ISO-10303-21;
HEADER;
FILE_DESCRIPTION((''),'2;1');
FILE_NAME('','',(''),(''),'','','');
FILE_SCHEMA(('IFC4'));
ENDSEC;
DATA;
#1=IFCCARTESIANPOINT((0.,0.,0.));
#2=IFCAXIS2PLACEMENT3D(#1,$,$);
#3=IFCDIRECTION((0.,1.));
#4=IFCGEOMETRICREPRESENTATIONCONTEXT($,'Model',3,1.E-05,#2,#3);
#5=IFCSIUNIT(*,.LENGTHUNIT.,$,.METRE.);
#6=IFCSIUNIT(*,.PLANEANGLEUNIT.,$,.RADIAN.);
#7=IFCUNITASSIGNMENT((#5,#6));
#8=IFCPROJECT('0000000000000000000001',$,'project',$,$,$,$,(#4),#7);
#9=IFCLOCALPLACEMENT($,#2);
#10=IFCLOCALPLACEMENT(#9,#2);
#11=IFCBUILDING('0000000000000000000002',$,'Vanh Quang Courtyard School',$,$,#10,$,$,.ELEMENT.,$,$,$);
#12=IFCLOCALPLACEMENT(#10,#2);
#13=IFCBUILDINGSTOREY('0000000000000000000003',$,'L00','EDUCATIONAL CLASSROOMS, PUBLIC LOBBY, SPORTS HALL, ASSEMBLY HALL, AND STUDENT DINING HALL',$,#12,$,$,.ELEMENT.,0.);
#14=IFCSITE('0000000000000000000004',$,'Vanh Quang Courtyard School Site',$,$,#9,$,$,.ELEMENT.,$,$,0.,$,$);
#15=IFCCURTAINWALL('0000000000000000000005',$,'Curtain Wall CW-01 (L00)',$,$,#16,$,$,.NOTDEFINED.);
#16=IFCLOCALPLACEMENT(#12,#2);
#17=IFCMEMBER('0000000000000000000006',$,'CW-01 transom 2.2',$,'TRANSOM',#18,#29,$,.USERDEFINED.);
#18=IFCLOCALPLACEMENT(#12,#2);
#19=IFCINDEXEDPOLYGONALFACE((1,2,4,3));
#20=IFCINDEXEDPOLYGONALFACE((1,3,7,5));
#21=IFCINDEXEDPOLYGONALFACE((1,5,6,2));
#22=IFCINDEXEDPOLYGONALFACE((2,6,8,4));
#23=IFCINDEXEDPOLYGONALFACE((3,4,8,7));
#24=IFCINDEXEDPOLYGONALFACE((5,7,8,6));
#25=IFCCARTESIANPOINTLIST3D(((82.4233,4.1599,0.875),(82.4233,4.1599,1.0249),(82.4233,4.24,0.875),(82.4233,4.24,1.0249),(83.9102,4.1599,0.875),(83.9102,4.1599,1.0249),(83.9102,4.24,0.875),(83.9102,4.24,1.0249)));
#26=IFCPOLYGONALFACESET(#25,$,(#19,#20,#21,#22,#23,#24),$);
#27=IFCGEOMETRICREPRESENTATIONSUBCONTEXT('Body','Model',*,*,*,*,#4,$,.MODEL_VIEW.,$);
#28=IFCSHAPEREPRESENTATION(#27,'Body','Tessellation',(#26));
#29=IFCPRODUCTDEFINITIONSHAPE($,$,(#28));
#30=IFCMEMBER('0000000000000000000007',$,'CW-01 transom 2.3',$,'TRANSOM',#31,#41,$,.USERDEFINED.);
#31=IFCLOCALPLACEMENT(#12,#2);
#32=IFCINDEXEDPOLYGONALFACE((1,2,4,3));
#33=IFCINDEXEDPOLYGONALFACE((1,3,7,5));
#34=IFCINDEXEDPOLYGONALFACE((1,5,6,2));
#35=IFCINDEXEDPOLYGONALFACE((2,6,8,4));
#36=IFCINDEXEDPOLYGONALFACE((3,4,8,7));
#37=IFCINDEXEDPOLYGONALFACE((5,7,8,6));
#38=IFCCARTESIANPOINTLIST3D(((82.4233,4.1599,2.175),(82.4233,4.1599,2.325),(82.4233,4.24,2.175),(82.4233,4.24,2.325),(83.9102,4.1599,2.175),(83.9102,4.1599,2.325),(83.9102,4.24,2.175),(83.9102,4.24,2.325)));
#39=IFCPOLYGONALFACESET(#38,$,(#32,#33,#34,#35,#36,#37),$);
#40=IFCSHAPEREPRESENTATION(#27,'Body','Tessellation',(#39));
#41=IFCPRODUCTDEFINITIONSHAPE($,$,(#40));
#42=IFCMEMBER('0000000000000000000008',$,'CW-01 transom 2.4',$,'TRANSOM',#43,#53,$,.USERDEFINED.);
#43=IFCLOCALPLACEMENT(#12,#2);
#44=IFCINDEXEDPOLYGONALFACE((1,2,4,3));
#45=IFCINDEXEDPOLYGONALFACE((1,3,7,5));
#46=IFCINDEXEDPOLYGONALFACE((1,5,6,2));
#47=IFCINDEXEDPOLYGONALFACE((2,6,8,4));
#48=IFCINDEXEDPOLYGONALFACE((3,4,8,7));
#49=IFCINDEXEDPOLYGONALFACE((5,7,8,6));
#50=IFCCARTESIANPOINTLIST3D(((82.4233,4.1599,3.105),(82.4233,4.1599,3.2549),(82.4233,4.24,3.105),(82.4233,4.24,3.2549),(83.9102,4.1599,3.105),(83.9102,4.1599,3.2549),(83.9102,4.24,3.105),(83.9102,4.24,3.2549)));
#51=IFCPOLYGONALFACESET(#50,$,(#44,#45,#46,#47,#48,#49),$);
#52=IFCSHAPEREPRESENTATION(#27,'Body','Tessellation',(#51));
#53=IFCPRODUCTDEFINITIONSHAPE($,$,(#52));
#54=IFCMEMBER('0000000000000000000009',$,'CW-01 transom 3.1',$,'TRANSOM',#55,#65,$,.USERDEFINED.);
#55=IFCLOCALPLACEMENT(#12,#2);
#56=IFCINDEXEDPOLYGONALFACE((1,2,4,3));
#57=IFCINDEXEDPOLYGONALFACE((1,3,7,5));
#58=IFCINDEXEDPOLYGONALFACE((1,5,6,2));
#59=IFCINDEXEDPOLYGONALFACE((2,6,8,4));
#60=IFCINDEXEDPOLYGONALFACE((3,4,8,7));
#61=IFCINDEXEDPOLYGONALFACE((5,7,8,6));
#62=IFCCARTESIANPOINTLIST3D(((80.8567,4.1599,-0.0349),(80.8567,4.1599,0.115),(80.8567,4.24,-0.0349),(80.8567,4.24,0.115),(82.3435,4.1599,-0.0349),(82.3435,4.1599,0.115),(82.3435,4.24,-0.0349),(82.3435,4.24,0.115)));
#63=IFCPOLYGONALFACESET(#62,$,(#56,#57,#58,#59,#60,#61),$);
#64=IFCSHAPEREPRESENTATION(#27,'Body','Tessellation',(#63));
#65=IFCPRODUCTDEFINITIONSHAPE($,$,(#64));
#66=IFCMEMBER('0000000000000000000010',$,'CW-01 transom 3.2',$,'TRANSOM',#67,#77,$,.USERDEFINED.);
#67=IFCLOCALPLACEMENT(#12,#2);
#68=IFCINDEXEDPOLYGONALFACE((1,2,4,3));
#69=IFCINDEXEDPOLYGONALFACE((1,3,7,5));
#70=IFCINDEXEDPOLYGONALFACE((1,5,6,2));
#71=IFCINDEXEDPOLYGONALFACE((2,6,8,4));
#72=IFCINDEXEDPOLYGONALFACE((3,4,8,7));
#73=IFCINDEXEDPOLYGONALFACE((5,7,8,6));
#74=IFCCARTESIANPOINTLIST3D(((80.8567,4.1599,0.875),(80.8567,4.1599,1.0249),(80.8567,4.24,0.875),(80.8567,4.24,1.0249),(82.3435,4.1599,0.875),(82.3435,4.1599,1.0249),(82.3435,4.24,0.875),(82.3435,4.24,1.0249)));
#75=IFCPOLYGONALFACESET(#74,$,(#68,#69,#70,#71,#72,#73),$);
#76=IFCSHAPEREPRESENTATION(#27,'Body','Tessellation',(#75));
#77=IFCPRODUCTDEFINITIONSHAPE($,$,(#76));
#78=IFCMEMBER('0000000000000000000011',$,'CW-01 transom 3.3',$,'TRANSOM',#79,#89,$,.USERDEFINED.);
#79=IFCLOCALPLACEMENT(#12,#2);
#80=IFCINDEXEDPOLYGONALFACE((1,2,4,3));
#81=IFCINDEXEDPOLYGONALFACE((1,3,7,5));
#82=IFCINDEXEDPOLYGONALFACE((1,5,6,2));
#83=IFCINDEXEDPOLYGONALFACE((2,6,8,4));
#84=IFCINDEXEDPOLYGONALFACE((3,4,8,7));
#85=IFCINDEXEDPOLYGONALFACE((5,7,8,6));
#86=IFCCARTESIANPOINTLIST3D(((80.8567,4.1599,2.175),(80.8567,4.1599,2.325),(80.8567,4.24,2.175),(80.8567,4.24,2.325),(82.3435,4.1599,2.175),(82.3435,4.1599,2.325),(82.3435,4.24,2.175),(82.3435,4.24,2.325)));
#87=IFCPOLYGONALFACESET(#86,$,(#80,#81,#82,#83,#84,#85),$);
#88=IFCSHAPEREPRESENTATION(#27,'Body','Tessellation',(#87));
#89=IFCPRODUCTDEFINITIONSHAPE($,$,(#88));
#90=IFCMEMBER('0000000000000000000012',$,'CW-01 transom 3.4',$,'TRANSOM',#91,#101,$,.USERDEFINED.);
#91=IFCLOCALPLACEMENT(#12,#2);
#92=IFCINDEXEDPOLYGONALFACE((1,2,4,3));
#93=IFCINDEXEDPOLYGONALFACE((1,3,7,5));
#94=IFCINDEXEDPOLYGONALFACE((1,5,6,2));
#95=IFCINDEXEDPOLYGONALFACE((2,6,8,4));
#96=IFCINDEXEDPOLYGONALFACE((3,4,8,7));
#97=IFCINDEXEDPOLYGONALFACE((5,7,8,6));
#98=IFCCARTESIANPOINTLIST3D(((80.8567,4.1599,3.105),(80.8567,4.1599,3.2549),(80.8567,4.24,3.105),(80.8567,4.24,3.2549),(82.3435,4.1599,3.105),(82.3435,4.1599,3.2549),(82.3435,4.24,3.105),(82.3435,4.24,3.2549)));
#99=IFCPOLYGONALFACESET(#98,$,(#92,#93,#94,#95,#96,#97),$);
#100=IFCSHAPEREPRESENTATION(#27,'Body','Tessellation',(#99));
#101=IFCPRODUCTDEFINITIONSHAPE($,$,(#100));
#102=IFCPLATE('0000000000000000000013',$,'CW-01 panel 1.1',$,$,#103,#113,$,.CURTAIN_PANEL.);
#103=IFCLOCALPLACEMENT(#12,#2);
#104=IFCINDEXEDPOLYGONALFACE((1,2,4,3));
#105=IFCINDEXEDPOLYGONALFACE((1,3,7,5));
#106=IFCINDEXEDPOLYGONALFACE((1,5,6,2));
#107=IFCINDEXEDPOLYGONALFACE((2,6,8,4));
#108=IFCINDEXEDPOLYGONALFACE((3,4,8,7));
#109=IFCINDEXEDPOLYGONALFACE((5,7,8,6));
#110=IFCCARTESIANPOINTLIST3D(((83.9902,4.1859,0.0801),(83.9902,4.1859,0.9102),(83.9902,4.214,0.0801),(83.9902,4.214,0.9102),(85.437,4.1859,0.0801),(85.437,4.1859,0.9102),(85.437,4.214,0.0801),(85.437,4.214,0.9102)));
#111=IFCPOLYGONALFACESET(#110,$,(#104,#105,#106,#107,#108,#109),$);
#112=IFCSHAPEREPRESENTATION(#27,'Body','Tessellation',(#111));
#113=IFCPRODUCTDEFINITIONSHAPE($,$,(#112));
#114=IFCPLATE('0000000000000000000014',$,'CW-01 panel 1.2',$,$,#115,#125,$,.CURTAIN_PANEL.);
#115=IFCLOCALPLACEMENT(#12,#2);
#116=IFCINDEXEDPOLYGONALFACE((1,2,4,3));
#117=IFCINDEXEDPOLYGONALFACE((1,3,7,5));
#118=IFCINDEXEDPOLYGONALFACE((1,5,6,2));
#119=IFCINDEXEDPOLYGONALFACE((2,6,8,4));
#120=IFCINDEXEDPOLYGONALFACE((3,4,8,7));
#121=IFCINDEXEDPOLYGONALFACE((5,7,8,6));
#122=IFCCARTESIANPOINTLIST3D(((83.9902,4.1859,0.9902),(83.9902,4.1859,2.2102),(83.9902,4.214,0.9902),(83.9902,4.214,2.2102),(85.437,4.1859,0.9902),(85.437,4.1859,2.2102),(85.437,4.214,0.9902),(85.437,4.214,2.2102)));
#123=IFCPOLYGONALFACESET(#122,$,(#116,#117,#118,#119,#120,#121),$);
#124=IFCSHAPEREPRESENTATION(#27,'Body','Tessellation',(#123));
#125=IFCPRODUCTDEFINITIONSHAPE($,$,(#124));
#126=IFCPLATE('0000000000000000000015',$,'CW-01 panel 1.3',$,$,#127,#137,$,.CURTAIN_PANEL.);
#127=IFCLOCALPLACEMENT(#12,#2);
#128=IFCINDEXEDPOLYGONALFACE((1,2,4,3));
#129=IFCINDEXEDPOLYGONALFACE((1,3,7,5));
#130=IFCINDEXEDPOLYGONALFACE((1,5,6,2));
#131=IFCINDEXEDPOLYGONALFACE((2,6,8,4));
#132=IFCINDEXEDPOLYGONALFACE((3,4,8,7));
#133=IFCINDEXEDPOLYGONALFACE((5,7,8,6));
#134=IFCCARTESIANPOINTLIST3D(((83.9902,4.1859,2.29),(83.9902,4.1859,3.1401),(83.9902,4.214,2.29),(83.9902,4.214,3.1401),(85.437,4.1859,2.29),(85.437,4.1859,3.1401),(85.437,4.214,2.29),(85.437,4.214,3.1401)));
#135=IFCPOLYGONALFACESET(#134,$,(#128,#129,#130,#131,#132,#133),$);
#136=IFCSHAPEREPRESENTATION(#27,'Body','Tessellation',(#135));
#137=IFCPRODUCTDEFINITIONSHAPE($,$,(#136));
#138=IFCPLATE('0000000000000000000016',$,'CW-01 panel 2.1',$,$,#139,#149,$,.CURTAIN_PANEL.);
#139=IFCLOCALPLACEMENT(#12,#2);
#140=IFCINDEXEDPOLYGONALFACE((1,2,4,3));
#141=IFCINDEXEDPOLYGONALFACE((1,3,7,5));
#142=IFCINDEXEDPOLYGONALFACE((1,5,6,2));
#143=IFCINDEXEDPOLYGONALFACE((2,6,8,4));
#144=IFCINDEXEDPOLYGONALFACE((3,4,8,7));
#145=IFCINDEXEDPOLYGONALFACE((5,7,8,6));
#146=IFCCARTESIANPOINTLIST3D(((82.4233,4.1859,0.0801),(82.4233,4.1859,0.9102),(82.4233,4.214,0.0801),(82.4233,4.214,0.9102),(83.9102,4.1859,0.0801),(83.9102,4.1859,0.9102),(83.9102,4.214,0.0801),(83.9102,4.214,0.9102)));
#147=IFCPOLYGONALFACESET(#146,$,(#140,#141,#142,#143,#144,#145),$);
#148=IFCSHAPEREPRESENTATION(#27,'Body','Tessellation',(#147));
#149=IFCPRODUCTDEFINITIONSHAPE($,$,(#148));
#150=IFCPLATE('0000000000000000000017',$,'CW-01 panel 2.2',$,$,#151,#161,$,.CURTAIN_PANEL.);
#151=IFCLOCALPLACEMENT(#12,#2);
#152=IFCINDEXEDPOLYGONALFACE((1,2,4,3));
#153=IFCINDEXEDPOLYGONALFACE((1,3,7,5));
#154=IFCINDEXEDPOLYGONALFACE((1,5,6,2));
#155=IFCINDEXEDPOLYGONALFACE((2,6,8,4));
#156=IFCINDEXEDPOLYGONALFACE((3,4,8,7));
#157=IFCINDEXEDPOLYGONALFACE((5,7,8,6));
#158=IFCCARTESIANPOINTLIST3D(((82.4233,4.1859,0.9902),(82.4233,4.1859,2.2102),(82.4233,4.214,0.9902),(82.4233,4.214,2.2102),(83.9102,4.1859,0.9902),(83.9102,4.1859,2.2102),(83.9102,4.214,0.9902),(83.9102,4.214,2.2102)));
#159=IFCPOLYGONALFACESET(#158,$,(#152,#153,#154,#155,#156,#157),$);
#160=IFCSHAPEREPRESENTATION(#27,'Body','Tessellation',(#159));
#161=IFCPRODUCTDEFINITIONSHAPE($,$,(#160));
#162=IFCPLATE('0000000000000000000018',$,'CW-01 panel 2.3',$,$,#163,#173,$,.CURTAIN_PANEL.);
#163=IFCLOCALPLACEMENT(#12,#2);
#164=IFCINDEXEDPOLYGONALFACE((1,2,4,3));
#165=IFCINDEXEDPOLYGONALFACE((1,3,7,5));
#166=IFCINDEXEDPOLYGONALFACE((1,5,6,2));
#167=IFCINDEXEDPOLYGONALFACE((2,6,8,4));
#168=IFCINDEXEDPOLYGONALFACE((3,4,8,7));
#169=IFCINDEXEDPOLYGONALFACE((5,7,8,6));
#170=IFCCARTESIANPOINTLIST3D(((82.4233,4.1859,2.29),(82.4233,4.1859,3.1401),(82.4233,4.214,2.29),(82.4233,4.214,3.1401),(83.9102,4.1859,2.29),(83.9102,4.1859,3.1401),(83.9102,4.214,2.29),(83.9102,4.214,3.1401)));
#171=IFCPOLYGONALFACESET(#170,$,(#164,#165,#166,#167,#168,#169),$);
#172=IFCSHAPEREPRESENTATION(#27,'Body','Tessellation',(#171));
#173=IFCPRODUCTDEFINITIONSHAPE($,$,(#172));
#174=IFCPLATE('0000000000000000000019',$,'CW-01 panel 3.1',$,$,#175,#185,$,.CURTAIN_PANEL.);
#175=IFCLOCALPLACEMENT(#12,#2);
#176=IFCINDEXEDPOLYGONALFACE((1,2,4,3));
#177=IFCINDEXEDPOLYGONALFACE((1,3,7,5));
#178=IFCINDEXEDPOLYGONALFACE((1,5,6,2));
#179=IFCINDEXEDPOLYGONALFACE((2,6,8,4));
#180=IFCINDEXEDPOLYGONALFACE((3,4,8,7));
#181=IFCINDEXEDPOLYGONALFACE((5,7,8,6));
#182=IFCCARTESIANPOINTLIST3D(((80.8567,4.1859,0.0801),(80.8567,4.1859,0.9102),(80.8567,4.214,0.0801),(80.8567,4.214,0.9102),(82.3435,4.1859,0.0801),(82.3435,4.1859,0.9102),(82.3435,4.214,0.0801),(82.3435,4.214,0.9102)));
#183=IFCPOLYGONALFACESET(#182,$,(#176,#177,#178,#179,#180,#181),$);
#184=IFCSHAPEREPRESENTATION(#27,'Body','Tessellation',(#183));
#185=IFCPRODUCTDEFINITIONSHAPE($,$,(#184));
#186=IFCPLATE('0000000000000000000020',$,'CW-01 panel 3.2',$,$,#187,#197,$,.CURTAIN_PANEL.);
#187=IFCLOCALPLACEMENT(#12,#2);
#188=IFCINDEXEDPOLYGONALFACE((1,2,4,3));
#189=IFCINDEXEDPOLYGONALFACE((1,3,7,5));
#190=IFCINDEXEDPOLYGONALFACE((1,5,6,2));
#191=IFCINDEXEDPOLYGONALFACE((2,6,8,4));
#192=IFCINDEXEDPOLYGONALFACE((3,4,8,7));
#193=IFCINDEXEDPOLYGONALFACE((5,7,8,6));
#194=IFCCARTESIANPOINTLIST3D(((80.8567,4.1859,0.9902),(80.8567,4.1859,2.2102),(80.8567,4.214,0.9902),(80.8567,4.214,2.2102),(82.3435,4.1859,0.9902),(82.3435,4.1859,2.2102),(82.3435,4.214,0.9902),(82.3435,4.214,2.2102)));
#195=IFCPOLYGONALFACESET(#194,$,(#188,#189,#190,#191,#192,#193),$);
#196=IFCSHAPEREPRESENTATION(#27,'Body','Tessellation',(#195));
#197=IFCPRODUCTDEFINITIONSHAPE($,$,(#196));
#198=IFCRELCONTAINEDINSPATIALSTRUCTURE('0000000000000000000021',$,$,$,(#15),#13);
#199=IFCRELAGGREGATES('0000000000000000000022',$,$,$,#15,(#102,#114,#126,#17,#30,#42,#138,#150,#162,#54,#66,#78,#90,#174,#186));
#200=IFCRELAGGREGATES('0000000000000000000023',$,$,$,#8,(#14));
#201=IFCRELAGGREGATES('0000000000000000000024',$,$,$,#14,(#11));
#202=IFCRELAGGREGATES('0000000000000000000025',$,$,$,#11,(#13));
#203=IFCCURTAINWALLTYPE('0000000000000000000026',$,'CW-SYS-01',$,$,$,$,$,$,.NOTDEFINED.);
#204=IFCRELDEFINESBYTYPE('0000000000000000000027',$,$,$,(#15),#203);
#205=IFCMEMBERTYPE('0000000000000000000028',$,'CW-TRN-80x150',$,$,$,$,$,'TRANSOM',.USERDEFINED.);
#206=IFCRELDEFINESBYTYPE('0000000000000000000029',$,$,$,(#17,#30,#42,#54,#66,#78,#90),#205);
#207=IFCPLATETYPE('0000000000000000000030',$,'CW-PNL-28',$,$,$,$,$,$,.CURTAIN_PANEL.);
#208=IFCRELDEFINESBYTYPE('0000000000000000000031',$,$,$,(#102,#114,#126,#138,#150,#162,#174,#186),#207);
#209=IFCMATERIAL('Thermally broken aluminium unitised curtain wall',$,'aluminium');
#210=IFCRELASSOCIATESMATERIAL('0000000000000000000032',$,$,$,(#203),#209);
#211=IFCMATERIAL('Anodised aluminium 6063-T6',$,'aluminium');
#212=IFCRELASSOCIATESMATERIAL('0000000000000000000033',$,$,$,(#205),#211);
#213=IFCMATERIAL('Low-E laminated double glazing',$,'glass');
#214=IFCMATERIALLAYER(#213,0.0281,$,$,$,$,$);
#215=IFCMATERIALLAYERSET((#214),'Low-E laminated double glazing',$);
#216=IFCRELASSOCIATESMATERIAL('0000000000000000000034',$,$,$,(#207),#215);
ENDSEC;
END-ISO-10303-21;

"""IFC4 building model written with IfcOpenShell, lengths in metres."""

from ifc_helpers import new_model, si_unit, direction, frame, origin, origin_2d, place, context, subcontext, project, spatial, rectangle, extrude, material, layer, layer_set, material_profile, profile_set, type_object, element, aggregate, save


model = new_model("IFC4")

# Units and contexts
model_context = context("Model", 3, precision=1e-05, world=origin(), true_north=direction((0.0, 1.0)))
body_context = subcontext(model_context, "Body", "Model", "MODEL_VIEW")
ifc_project = project(units=[si_unit("LENGTHUNIT", "METRE"), si_unit("PLANEANGLEUNIT", "RADIAN")], contexts=[model_context])

# Site, building, storey
site_placement = place(None, origin())
site = spatial("IfcSite", under=ifc_project, at=site_placement, Name="Vanh Quang Courtyard School Site", CompositionType="ELEMENT", RefElevation=0.0)
building_placement = place(site_placement, origin())
building = spatial("IfcBuilding", under=site, at=building_placement, Name="Vanh Quang Courtyard School", CompositionType="ELEMENT")
storey_placement = place(building_placement, origin())
storey = spatial("IfcBuildingStorey", under=building, at=storey_placement, Name="L00", Description="EDUCATIONAL CLASSROOMS, PUBLIC LOBBY, SPORTS HALL, ASSEMBLY HALL, AND STUDENT DINING HALL", CompositionType="ELEMENT", Elevation=0.0)

# Curtain wall, members, plates
ifc_material_1 = material(Name="Thermally broken aluminium unitised curtain wall", Category="aluminium")
curtain_wall_type = type_object("IfcCurtainWallType", Name="CW-SYS-01", PredefinedType="NOTDEFINED", material=ifc_material_1)
curtain_wall_placement = place(storey_placement, origin())
curtain_wall = element("IfcCurtainWall", 1, at=curtain_wall_placement, inside=storey, type_object=curtain_wall_type, Name="Curtain Wall CW-01 (L00)", PredefinedType="NOTDEFINED")
ifc_material_2 = material(Name="Anodised aluminium 6063-T6", Category="aluminium")
ifc_material_profile_1 = material_profile(ifc_material_2, rectangle(XDim=0.0801, YDim=0.1499, at=origin_2d()), Name="ALU-TRN 80x150")
ifc_profile_set_1 = profile_set([ifc_material_profile_1], Name="Anodised aluminium 6063-T6")
member_type_1 = type_object("IfcMemberType", Name="CW-TRN-80x150", ElementType="TRANSOM", PredefinedType="USERDEFINED", material=ifc_profile_set_1)
member_1_placement = place(storey_placement, frame((83.9102, 4.2, 0.95), z_axis=(-1.0, 0.0, 0.0), x_axis=(0.0, -1.0, 0.0)))
member_1 = element("IfcMember", 2, at=member_1_placement, type_object=member_type_1, Name="CW-01 transom 2.2", ObjectType="TRANSOM", PredefinedType="USERDEFINED", context=body_context, shape_type="SweptSolid", body=[
    extrude(rectangle(XDim=0.0801, YDim=0.1499, at=origin_2d()), origin(), (0.0, 0.0, 1.0), 1.4868),
])
member_2_placement = place(storey_placement, frame((83.9102, 4.2, 2.25), z_axis=(-1.0, 0.0, 0.0), x_axis=(0.0, -1.0, 0.0)))
member_2 = element("IfcMember", 3, at=member_2_placement, type_object=member_type_1, Name="CW-01 transom 2.3", ObjectType="TRANSOM", PredefinedType="USERDEFINED", context=body_context, shape_type="SweptSolid", body=[
    extrude(rectangle(XDim=0.0801, YDim=0.1499, at=origin_2d()), origin(), (0.0, 0.0, 1.0), 1.4868),
])
member_3_placement = place(storey_placement, frame((83.9102, 4.2, 3.1799), z_axis=(-1.0, 0.0, 0.0), x_axis=(0.0, -1.0, 0.0)))
member_3 = element("IfcMember", 4, at=member_3_placement, type_object=member_type_1, Name="CW-01 transom 2.4", ObjectType="TRANSOM", PredefinedType="USERDEFINED", context=body_context, shape_type="SweptSolid", body=[
    extrude(rectangle(XDim=0.0801, YDim=0.1499, at=origin_2d()), origin(), (0.0, 0.0, 1.0), 1.4868),
])
member_4_placement = place(storey_placement, frame((82.3435, 4.2, 0.04), z_axis=(-1.0, 0.0, 0.0), x_axis=(0.0, -1.0, 0.0)))
member_4 = element("IfcMember", 5, at=member_4_placement, type_object=member_type_1, Name="CW-01 transom 3.1", ObjectType="TRANSOM", PredefinedType="USERDEFINED", context=body_context, shape_type="SweptSolid", body=[
    extrude(rectangle(XDim=0.0801, YDim=0.1499, at=origin_2d()), origin(), (0.0, 0.0, 1.0), 1.4868),
])
member_5_placement = place(storey_placement, frame((82.3435, 4.2, 0.95), z_axis=(-1.0, 0.0, 0.0), x_axis=(0.0, -1.0, 0.0)))
member_5 = element("IfcMember", 6, at=member_5_placement, type_object=member_type_1, Name="CW-01 transom 3.2", ObjectType="TRANSOM", PredefinedType="USERDEFINED", context=body_context, shape_type="SweptSolid", body=[
    extrude(rectangle(XDim=0.0801, YDim=0.1499, at=origin_2d()), origin(), (0.0, 0.0, 1.0), 1.4868),
])
member_6_placement = place(storey_placement, frame((82.3435, 4.2, 2.25), z_axis=(-1.0, 0.0, 0.0), x_axis=(0.0, -1.0, 0.0)))
member_6 = element("IfcMember", 7, at=member_6_placement, type_object=member_type_1, Name="CW-01 transom 3.3", ObjectType="TRANSOM", PredefinedType="USERDEFINED", context=body_context, shape_type="SweptSolid", body=[
    extrude(rectangle(XDim=0.0801, YDim=0.1499, at=origin_2d()), origin(), (0.0, 0.0, 1.0), 1.4868),
])
member_7_placement = place(storey_placement, frame((82.3435, 4.2, 3.1799), z_axis=(-1.0, 0.0, 0.0), x_axis=(0.0, -1.0, 0.0)))
member_7 = element("IfcMember", 8, at=member_7_placement, type_object=member_type_1, Name="CW-01 transom 3.4", ObjectType="TRANSOM", PredefinedType="USERDEFINED", context=body_context, shape_type="SweptSolid", body=[
    extrude(rectangle(XDim=0.0801, YDim=0.1499, at=origin_2d()), origin(), (0.0, 0.0, 1.0), 1.4868),
])
ifc_material_3 = material(Name="Low-E laminated double glazing", Category="glass")
ifc_layer_1 = layer(ifc_material_3, 0.0281)
ifc_layer_set_1 = layer_set([ifc_layer_1], Name="Low-E laminated double glazing")
plate_type = type_object("IfcPlateType", Name="CW-PNL-28", PredefinedType="CURTAIN_PANEL", material=ifc_layer_set_1)
plate_1_placement = place(storey_placement, frame((84.7136, 4.2, 0.0801), z_axis=(0.0, 0.0, 1.0), x_axis=(-1.0, 0.0, 0.0)))
plate_1 = element("IfcPlate", 9, at=plate_1_placement, type_object=plate_type, Name="CW-01 panel 1.1", PredefinedType="CURTAIN_PANEL", context=body_context, shape_type="SweptSolid", body=[
    extrude(rectangle(XDim=1.4468, YDim=0.0281, at=origin_2d()), origin(), (0.0, 0.0, 1.0), 0.8301),
])
plate_2_placement = place(storey_placement, frame((84.7136, 4.2, 0.9902), z_axis=(0.0, 0.0, 1.0), x_axis=(-1.0, 0.0, 0.0)))
plate_2 = element("IfcPlate", 10, at=plate_2_placement, type_object=plate_type, Name="CW-01 panel 1.2", PredefinedType="CURTAIN_PANEL", context=body_context, shape_type="SweptSolid", body=[
    extrude(rectangle(XDim=1.4468, YDim=0.0281, at=origin_2d()), origin(), (0.0, 0.0, 1.0), 1.22),
])
plate_3_placement = place(storey_placement, frame((84.7136, 4.2, 2.29), z_axis=(0.0, 0.0, 1.0), x_axis=(-1.0, 0.0, 0.0)))
plate_3 = element("IfcPlate", 11, at=plate_3_placement, type_object=plate_type, Name="CW-01 panel 1.3", PredefinedType="CURTAIN_PANEL", context=body_context, shape_type="SweptSolid", body=[
    extrude(rectangle(XDim=1.4468, YDim=0.0281, at=origin_2d()), origin(), (0.0, 0.0, 1.0), 0.8501),
])
plate_4_placement = place(storey_placement, frame((83.1667, 4.2, 0.0801), z_axis=(0.0, 0.0, 1.0), x_axis=(-1.0, 0.0, 0.0)))
plate_4 = element("IfcPlate", 12, at=plate_4_placement, type_object=plate_type, Name="CW-01 panel 2.1", PredefinedType="CURTAIN_PANEL", context=body_context, shape_type="SweptSolid", body=[
    extrude(rectangle(XDim=1.4868, YDim=0.0281, at=origin_2d()), origin(), (0.0, 0.0, 1.0), 0.8301),
])
plate_5_placement = place(storey_placement, frame((83.1667, 4.2, 0.9902), z_axis=(0.0, 0.0, 1.0), x_axis=(-1.0, 0.0, 0.0)))
plate_5 = element("IfcPlate", 13, at=plate_5_placement, type_object=plate_type, Name="CW-01 panel 2.2", PredefinedType="CURTAIN_PANEL", context=body_context, shape_type="SweptSolid", body=[
    extrude(rectangle(XDim=1.4868, YDim=0.0281, at=origin_2d()), origin(), (0.0, 0.0, 1.0), 1.22),
])
plate_6_placement = place(storey_placement, frame((83.1667, 4.2, 2.29), z_axis=(0.0, 0.0, 1.0), x_axis=(-1.0, 0.0, 0.0)))
plate_6 = element("IfcPlate", 14, at=plate_6_placement, type_object=plate_type, Name="CW-01 panel 2.3", PredefinedType="CURTAIN_PANEL", context=body_context, shape_type="SweptSolid", body=[
    extrude(rectangle(XDim=1.4868, YDim=0.0281, at=origin_2d()), origin(), (0.0, 0.0, 1.0), 0.8501),
])
plate_7_placement = place(storey_placement, frame((81.6001, 4.2, 0.0801), z_axis=(0.0, 0.0, 1.0), x_axis=(-1.0, 0.0, 0.0)))
plate_7 = element("IfcPlate", 15, at=plate_7_placement, type_object=plate_type, Name="CW-01 panel 3.1", PredefinedType="CURTAIN_PANEL", context=body_context, shape_type="SweptSolid", body=[
    extrude(rectangle(XDim=1.4868, YDim=0.0281, at=origin_2d()), origin(), (0.0, 0.0, 1.0), 0.8301),
])
plate_8_placement = place(storey_placement, frame((81.6001, 4.2, 0.9902), z_axis=(0.0, 0.0, 1.0), x_axis=(-1.0, 0.0, 0.0)))
plate_8 = element("IfcPlate", 16, at=plate_8_placement, type_object=plate_type, Name="CW-01 panel 3.2", PredefinedType="CURTAIN_PANEL", context=body_context, shape_type="SweptSolid", body=[
    extrude(rectangle(XDim=1.4868, YDim=0.0281, at=origin_2d()), origin(), (0.0, 0.0, 1.0), 1.22),
])
aggregate(curtain_wall, [plate_1, plate_2, plate_3, member_1, member_2, member_3, plate_4, plate_5, plate_6, member_4, member_5, member_6, member_7, plate_7, plate_8])

save(model, "model.ifc")
